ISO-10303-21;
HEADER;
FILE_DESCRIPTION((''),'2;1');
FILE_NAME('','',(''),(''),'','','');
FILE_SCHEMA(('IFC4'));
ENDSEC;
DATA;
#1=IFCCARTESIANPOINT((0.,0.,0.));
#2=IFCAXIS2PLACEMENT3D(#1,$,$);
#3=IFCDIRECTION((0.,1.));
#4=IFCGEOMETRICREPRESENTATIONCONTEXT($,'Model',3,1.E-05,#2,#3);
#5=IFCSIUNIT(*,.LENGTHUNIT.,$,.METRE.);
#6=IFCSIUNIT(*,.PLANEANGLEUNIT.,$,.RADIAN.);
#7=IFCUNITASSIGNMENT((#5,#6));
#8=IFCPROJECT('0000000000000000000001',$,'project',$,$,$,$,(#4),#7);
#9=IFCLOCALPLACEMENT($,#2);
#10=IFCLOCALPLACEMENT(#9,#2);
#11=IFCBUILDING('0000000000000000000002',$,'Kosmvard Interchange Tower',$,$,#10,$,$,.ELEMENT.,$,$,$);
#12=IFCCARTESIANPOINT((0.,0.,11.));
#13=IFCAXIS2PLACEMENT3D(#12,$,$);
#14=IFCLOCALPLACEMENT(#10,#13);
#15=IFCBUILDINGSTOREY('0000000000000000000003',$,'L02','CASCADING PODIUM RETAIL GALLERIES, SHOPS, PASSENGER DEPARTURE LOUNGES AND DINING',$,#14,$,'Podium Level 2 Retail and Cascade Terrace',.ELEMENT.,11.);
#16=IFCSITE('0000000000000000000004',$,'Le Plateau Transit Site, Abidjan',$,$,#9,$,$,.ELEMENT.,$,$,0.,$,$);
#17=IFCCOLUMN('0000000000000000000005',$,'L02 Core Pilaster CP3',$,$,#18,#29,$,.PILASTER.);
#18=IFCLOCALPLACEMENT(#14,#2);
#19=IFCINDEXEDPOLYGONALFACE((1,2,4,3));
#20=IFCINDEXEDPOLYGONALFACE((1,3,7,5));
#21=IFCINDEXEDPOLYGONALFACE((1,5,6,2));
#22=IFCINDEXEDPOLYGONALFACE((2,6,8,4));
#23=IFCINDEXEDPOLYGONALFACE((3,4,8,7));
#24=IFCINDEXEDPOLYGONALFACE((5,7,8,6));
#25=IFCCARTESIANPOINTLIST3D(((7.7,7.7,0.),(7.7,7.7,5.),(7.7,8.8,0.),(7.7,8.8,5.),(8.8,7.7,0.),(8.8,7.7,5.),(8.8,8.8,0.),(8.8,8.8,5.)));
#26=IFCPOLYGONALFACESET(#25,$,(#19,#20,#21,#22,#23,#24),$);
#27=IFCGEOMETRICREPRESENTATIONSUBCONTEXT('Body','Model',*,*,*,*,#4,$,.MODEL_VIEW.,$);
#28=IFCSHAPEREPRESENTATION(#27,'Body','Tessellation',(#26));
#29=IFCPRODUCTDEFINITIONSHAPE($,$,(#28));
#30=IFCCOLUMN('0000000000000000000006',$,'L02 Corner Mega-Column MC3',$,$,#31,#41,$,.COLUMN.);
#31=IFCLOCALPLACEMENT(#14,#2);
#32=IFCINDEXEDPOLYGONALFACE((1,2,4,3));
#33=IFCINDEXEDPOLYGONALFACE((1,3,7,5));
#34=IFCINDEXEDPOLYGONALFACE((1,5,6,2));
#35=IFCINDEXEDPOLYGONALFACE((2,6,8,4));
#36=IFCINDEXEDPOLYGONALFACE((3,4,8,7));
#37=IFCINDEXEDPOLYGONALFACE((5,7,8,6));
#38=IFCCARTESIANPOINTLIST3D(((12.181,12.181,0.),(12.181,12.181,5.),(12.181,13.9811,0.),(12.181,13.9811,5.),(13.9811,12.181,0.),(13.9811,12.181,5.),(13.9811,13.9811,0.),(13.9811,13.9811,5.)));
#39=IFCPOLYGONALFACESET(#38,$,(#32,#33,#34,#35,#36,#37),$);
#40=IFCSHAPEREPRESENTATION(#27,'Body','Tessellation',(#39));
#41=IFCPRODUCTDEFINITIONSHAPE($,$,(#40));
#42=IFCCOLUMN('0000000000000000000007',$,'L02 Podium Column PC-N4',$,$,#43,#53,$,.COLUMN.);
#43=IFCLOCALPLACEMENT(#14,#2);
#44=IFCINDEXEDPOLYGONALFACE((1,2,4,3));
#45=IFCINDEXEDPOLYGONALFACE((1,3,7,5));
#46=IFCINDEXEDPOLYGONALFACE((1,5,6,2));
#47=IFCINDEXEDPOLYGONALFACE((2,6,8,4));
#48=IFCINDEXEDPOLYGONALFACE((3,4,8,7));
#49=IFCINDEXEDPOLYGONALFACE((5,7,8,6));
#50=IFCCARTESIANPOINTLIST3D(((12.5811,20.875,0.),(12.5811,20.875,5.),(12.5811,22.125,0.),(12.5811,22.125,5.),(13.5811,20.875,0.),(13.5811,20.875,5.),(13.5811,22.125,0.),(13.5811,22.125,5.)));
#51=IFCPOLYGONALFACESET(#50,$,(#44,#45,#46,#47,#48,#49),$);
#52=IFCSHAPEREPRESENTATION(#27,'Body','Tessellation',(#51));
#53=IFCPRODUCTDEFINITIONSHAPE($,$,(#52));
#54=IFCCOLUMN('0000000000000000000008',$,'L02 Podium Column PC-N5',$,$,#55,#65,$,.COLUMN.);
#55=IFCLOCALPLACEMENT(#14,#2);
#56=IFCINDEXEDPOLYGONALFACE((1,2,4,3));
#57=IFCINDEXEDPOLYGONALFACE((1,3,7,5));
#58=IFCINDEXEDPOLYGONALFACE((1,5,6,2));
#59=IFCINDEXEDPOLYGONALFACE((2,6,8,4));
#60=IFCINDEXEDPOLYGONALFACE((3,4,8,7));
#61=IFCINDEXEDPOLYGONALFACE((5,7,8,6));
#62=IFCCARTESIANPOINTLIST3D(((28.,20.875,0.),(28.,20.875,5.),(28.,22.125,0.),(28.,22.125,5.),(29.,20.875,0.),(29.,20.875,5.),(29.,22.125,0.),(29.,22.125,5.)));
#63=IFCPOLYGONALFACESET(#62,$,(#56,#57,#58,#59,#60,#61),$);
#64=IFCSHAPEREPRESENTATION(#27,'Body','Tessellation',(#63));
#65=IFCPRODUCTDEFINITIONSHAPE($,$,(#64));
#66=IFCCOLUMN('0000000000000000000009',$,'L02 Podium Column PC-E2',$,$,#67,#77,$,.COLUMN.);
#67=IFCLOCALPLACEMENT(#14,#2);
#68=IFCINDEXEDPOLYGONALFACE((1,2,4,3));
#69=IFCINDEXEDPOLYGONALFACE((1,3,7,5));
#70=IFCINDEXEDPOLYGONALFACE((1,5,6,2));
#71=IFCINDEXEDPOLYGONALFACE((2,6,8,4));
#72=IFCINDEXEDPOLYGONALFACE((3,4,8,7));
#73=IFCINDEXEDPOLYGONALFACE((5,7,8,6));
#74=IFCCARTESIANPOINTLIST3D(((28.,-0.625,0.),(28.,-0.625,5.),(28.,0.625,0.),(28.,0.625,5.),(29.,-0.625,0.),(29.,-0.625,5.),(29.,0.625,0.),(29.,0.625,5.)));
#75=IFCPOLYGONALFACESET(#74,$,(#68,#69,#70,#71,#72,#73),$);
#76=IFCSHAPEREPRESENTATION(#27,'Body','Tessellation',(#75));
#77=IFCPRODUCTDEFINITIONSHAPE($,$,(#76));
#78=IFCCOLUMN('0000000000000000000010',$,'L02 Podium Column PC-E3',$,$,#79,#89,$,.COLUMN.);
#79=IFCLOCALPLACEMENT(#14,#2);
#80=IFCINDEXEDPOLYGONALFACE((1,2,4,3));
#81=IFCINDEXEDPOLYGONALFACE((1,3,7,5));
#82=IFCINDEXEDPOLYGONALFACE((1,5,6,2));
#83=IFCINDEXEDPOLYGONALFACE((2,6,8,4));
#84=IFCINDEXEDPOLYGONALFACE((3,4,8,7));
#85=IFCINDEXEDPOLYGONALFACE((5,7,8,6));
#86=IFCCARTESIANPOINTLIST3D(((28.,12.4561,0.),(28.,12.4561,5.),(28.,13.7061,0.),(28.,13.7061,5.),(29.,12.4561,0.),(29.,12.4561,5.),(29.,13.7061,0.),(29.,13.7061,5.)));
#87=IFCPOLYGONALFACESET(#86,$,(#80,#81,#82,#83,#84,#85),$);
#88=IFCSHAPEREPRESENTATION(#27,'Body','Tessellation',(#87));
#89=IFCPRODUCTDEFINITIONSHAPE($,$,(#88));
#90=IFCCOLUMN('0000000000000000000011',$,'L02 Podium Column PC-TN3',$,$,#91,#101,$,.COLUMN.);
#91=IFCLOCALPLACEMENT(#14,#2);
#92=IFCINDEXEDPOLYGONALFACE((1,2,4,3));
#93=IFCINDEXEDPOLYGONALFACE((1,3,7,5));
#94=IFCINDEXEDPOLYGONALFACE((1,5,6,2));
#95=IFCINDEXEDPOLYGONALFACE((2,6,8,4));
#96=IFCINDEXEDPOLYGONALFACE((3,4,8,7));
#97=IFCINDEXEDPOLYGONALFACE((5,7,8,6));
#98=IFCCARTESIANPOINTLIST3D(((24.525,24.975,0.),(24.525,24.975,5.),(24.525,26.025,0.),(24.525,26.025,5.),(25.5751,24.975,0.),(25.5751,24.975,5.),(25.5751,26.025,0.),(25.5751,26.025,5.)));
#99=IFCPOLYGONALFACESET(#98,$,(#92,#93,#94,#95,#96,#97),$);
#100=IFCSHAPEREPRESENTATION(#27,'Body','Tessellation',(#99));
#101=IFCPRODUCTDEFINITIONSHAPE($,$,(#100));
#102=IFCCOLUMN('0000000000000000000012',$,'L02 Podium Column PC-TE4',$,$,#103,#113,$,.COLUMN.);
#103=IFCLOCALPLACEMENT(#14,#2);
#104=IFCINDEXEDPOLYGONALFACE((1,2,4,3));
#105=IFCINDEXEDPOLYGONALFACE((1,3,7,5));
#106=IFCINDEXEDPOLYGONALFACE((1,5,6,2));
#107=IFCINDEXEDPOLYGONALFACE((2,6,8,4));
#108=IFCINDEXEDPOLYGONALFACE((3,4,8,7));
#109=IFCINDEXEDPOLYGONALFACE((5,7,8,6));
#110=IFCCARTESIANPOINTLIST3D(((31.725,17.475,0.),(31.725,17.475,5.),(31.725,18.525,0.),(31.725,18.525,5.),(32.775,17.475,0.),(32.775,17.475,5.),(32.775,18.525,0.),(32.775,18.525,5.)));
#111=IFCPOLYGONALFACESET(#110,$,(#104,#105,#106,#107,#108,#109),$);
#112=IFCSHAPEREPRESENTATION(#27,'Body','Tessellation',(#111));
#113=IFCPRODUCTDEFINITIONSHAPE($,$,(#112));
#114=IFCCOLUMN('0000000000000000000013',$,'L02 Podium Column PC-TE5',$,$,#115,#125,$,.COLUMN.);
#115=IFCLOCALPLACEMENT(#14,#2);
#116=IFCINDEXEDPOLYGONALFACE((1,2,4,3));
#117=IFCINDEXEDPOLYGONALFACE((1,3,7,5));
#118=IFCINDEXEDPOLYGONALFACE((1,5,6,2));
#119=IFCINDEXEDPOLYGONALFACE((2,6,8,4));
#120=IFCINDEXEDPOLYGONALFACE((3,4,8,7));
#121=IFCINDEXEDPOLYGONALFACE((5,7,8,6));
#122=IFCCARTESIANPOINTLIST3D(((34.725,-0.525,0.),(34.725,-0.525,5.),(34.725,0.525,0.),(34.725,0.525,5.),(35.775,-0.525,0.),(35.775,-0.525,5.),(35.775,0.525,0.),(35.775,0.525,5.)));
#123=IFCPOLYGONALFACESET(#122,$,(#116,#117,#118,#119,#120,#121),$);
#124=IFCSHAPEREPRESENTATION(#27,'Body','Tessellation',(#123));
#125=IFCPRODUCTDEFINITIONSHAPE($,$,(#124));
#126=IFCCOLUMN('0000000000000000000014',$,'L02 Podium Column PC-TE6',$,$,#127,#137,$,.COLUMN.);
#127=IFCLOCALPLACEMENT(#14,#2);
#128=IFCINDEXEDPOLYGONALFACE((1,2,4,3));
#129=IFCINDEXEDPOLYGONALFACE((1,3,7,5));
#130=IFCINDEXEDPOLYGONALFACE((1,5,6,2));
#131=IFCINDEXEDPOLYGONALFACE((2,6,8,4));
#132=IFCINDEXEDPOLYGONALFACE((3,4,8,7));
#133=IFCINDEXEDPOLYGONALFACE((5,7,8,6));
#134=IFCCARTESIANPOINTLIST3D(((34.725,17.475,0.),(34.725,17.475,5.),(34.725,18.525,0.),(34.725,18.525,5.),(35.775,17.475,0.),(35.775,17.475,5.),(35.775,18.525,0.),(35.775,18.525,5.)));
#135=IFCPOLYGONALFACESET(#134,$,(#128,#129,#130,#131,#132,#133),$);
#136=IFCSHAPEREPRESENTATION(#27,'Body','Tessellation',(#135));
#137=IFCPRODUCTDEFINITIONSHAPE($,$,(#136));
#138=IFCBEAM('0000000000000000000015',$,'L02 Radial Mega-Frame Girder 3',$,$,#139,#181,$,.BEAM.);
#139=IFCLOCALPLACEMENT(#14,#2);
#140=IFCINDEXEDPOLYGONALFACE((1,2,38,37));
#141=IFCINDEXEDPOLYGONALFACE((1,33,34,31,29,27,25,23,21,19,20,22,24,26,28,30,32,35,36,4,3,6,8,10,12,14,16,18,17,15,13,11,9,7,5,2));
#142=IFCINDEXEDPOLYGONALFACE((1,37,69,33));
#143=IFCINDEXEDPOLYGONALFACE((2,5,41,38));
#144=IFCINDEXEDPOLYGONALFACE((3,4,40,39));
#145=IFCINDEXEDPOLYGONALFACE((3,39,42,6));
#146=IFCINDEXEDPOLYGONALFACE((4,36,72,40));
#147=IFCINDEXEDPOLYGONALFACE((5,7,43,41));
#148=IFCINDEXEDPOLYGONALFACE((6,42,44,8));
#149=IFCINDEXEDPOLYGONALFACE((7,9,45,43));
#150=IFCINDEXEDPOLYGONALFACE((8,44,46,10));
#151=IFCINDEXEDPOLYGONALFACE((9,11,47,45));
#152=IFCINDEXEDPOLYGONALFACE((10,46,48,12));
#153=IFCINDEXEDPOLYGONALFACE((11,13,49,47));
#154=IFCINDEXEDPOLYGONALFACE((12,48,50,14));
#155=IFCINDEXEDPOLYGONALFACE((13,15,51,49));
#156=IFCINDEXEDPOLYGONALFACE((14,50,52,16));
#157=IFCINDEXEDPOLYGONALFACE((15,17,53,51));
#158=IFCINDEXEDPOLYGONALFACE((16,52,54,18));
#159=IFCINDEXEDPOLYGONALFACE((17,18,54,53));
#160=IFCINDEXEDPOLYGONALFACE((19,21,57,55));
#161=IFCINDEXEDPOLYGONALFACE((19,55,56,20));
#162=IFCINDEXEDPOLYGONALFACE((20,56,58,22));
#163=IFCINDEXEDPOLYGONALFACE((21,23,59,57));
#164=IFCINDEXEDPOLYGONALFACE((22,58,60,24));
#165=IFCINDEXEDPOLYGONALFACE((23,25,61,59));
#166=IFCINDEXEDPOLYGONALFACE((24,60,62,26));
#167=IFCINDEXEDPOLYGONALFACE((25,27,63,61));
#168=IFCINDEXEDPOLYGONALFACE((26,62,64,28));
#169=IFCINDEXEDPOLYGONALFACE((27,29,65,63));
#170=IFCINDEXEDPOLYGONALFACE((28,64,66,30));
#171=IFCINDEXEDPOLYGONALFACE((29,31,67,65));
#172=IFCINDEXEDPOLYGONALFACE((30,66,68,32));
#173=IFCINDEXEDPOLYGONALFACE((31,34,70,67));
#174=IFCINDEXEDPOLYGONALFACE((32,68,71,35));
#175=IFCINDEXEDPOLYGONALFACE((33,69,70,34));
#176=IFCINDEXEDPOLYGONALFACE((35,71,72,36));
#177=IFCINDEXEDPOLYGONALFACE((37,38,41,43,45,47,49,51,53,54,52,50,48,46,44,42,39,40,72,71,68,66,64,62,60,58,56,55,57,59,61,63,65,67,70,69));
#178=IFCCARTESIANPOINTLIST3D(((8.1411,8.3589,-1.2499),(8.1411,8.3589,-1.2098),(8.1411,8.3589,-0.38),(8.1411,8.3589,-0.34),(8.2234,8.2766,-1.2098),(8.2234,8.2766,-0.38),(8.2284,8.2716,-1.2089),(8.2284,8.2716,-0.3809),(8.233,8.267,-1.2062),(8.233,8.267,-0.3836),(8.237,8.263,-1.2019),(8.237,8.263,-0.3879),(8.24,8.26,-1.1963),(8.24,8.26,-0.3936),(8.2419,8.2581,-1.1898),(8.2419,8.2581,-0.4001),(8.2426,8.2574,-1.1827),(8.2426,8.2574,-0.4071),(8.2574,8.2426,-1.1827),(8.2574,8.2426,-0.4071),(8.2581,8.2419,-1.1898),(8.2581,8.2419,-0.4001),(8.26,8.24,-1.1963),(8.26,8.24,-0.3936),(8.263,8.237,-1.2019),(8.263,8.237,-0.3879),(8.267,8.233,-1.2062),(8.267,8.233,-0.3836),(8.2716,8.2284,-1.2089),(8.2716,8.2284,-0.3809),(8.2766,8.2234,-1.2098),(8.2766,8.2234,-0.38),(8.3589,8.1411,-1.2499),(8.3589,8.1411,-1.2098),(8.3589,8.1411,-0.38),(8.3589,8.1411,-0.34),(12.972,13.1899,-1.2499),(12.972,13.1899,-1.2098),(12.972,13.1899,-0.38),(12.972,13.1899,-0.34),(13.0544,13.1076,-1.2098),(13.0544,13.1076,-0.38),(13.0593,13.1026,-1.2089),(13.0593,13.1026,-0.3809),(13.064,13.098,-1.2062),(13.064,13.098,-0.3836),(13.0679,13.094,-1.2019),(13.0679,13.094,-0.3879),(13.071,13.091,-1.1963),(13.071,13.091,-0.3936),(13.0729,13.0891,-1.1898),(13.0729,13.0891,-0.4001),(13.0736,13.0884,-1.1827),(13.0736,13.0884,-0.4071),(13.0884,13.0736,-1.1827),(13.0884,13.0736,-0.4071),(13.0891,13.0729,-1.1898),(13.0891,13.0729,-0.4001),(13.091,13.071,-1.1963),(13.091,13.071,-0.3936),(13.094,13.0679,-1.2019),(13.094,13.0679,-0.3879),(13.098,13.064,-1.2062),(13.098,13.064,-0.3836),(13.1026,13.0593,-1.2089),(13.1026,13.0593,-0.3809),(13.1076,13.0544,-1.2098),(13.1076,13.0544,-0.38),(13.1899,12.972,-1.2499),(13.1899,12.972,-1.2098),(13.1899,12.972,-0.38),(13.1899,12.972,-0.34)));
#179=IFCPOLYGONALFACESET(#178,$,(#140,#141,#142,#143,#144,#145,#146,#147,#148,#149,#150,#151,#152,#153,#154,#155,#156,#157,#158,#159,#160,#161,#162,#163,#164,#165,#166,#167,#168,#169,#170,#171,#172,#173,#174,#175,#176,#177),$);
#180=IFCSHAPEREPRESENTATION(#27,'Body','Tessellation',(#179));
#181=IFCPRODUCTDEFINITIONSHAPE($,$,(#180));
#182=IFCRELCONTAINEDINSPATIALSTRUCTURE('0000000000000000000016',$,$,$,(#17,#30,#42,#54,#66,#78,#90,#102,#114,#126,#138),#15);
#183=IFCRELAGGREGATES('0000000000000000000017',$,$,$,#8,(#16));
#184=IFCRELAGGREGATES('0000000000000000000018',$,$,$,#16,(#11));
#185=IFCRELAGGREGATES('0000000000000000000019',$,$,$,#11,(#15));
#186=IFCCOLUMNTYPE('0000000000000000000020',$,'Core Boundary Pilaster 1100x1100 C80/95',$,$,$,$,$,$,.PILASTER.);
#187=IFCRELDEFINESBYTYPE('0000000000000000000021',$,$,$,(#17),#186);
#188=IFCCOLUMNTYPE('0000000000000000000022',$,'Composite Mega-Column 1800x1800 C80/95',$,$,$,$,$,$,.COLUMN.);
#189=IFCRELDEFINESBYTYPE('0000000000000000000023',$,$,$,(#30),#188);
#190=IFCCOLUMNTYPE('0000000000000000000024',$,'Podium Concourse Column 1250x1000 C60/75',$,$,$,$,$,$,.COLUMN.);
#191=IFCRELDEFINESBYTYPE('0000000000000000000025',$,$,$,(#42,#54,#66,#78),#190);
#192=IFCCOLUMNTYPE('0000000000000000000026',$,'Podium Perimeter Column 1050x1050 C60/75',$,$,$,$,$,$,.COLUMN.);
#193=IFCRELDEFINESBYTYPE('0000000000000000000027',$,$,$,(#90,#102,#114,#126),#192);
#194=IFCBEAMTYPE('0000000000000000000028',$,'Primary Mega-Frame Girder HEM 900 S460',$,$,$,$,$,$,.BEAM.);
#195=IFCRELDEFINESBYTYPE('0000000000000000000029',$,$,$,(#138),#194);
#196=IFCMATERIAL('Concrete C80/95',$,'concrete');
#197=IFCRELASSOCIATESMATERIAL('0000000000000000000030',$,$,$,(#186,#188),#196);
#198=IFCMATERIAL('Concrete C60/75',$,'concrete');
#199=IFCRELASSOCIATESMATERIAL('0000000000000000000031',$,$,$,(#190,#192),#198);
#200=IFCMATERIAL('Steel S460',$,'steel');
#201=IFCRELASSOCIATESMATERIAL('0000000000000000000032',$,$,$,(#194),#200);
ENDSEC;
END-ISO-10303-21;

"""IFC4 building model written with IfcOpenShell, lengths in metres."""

from ifc_helpers import new_model, si_unit, direction, frame, origin, origin_2d, place, context, subcontext, project, spatial, rectangle, i_section, extrude, source, transform, mapped, material, material_profile, profile_set, type_object, element, save


model = new_model("IFC4")

# Units and contexts
model_context = context("Model", 3, precision=1e-05, world=origin(), true_north=direction((0.0, 1.0)))
body_context = subcontext(model_context, "Body", "Model", "MODEL_VIEW")
ifc_project = project(units=[si_unit("LENGTHUNIT", "METRE"), si_unit("PLANEANGLEUNIT", "RADIAN")], contexts=[model_context])

# Site, building, storey
site_placement = place(None, origin())
site = spatial("IfcSite", under=ifc_project, at=site_placement, Name="Le Plateau Transit Site, Abidjan", CompositionType="ELEMENT", RefElevation=0.0)
building_placement = place(site_placement, origin())
building = spatial("IfcBuilding", under=site, at=building_placement, Name="Kosmvard Interchange Tower", CompositionType="ELEMENT")
storey_placement = place(building_placement, frame((0.0, 0.0, 11.0)))
storey = spatial("IfcBuildingStorey", under=building, at=storey_placement, Name="L02", Description="CASCADING PODIUM RETAIL GALLERIES, SHOPS, PASSENGER DEPARTURE LOUNGES AND DINING", LongName="Podium Level 2 Retail and Cascade Terrace", CompositionType="ELEMENT", Elevation=11.0)

# Columns
ifc_material_1 = material(Name="Concrete C80/95", Category="concrete")
ifc_material_profile_1 = material_profile(ifc_material_1, rectangle(XDim=1.1001, YDim=1.1001, at=origin_2d()), Name="CP 1100x1100")
ifc_profile_set_1 = profile_set([ifc_material_profile_1], Name="Concrete C80/95")
column_type_1 = type_object("IfcColumnType", Name="Core Boundary Pilaster 1100x1100 C80/95", PredefinedType="PILASTER", material=ifc_profile_set_1)
shared_shape_1 = source(origin(), body_context, "Body", "SweptSolid", [
    extrude(rectangle(XDim=1.1001, YDim=1.1001, at=origin_2d()), origin(), (0.0, 0.0, 1.0), 5.0),
])
column_1_placement = place(storey_placement, frame((8.25, 8.25, 0.0), z_axis=(0.0, 0.0, 1.0), x_axis=(1.0, 0.0, 0.0)))
element("IfcColumn", 1, at=column_1_placement, inside=storey, type_object=column_type_1, Name="L02 Core Pilaster CP3", PredefinedType="PILASTER", context=body_context, shape_type="MappedRepresentation", body=[
    mapped(shared_shape_1, transform((0.0, 0.0, 0.0), scale=1.0)),
])
ifc_material_profile_2 = material_profile(ifc_material_1, rectangle(XDim=1.8, YDim=1.8, at=origin_2d()), Name="MC 1800x1800")
ifc_profile_set_2 = profile_set([ifc_material_profile_2], Name="Concrete C80/95")
column_type_2 = type_object("IfcColumnType", Name="Composite Mega-Column 1800x1800 C80/95", PredefinedType="COLUMN", material=ifc_profile_set_2)
shared_shape_2 = source(origin(), body_context, "Body", "SweptSolid", [
    extrude(rectangle(XDim=1.8, YDim=1.8, at=origin_2d()), origin(), (0.0, 0.0, 1.0), 5.0),
])
column_2_placement = place(storey_placement, frame((13.0811, 13.0811, 0.0), z_axis=(0.0, 0.0, 1.0), x_axis=(1.0, 0.0, 0.0)))
element("IfcColumn", 2, at=column_2_placement, inside=storey, type_object=column_type_2, Name="L02 Corner Mega-Column MC3", PredefinedType="COLUMN", context=body_context, shape_type="MappedRepresentation", body=[
    mapped(shared_shape_2, transform((0.0, 0.0, 0.0), scale=1.0)),
])
ifc_material_2 = material(Name="Concrete C60/75", Category="concrete")
ifc_material_profile_3 = material_profile(ifc_material_2, rectangle(XDim=1.0, YDim=1.25, at=origin_2d()), Name="PC 1250x1000")
ifc_profile_set_3 = profile_set([ifc_material_profile_3], Name="Concrete C60/75")
column_type_3 = type_object("IfcColumnType", Name="Podium Concourse Column 1250x1000 C60/75", PredefinedType="COLUMN", material=ifc_profile_set_3)
shared_shape_3 = source(origin(), body_context, "Body", "SweptSolid", [
    extrude(rectangle(XDim=1.0, YDim=1.25, at=origin_2d()), origin(), (0.0, 0.0, 1.0), 5.0),
])
for number, where, z_axis, x_axis, name in (
    (3, (13.0811, 21.5, 0.0), (0.0, 0.0, 1.0), (1.0, 0.0, 0.0), "L02 Podium Column PC-N4"),
    (4, (28.5, 21.5, 0.0), (0.0, 0.0, 1.0), (1.0, 0.0, 0.0), "L02 Podium Column PC-N5"),
    (5, (28.5, 0.0, 0.0), (0.0, 0.0, 1.0), (1.0, 0.0, 0.0), "L02 Podium Column PC-E2"),
    (6, (28.5, 13.0811, 0.0), (0.0, 0.0, 1.0), (1.0, 0.0, 0.0), "L02 Podium Column PC-E3"),
):
    element("IfcColumn", number, at=place(storey_placement, frame(where, z_axis=z_axis, x_axis=x_axis)), inside=storey, type_object=column_type_3, Name=name, PredefinedType="COLUMN", context=body_context, shape_type="MappedRepresentation", body=[
        mapped(shared_shape_3, transform((0.0, 0.0, 0.0), scale=1.0)),
    ])
ifc_material_profile_4 = material_profile(ifc_material_2, rectangle(XDim=1.05, YDim=1.05, at=origin_2d()), Name="PC 1050x1050")
ifc_profile_set_4 = profile_set([ifc_material_profile_4], Name="Concrete C60/75")
column_type_4 = type_object("IfcColumnType", Name="Podium Perimeter Column 1050x1050 C60/75", PredefinedType="COLUMN", material=ifc_profile_set_4)
shared_shape_4 = source(origin(), body_context, "Body", "SweptSolid", [
    extrude(rectangle(XDim=1.05, YDim=1.05, at=origin_2d()), origin(), (0.0, 0.0, 1.0), 5.0),
])
for number, where, z_axis, x_axis, name in (
    (7, (25.05, 25.5, 0.0), (0.0, 0.0, 1.0), (1.0, 0.0, 0.0), "L02 Podium Column PC-TN3"),
    (8, (32.25, 18.0, 0.0), (0.0, 0.0, 1.0), (1.0, 0.0, 0.0), "L02 Podium Column PC-TE4"),
    (9, (35.25, 0.0, 0.0), (0.0, 0.0, 1.0), (1.0, 0.0, 0.0), "L02 Podium Column PC-TE5"),
    (10, (35.25, 18.0, 0.0), (0.0, 0.0, 1.0), (1.0, 0.0, 0.0), "L02 Podium Column PC-TE6"),
):
    element("IfcColumn", number, at=place(storey_placement, frame(where, z_axis=z_axis, x_axis=x_axis)), inside=storey, type_object=column_type_4, Name=name, PredefinedType="COLUMN", context=body_context, shape_type="MappedRepresentation", body=[
        mapped(shared_shape_4, transform((0.0, 0.0, 0.0), scale=1.0)),
    ])

# Beam
ifc_material_3 = material(Name="Steel S460", Category="steel")
ifc_material_profile_5 = material_profile(ifc_material_3, i_section(OverallWidth=0.3081, OverallDepth=0.9099, WebThickness=0.021, FlangeThickness=0.04, FilletRadius=0.0271, at=origin_2d()), Name="HEM 900")
ifc_profile_set_5 = profile_set([ifc_material_profile_5], Name="Steel S460")
beam_type_1 = type_object("IfcBeamType", Name="Primary Mega-Frame Girder HEM 900 S460", PredefinedType="BEAM", material=ifc_profile_set_5)
shared_shape_5 = source(origin(), body_context, "Body", "SweptSolid", [
    extrude(i_section(OverallWidth=0.3081, OverallDepth=0.9099, WebThickness=0.021, FlangeThickness=0.04, FilletRadius=0.0271, at=origin_2d()), origin(), (0.0, 0.0, 1.0), 6.832),
])
beam_1_placement = place(storey_placement, frame((8.25, 8.25, -0.7949), z_axis=(0.707107, 0.707107, 0.0), x_axis=(-0.707107, 0.707107, 0.0)))
element("IfcBeam", 11, at=beam_1_placement, inside=storey, type_object=beam_type_1, Name="L02 Radial Mega-Frame Girder 3", PredefinedType="BEAM", context=body_context, shape_type="MappedRepresentation", body=[
    mapped(shared_shape_5, transform((0.0, 0.0, 0.0), scale=1.0)),
])

save(model, "model.ifc")
